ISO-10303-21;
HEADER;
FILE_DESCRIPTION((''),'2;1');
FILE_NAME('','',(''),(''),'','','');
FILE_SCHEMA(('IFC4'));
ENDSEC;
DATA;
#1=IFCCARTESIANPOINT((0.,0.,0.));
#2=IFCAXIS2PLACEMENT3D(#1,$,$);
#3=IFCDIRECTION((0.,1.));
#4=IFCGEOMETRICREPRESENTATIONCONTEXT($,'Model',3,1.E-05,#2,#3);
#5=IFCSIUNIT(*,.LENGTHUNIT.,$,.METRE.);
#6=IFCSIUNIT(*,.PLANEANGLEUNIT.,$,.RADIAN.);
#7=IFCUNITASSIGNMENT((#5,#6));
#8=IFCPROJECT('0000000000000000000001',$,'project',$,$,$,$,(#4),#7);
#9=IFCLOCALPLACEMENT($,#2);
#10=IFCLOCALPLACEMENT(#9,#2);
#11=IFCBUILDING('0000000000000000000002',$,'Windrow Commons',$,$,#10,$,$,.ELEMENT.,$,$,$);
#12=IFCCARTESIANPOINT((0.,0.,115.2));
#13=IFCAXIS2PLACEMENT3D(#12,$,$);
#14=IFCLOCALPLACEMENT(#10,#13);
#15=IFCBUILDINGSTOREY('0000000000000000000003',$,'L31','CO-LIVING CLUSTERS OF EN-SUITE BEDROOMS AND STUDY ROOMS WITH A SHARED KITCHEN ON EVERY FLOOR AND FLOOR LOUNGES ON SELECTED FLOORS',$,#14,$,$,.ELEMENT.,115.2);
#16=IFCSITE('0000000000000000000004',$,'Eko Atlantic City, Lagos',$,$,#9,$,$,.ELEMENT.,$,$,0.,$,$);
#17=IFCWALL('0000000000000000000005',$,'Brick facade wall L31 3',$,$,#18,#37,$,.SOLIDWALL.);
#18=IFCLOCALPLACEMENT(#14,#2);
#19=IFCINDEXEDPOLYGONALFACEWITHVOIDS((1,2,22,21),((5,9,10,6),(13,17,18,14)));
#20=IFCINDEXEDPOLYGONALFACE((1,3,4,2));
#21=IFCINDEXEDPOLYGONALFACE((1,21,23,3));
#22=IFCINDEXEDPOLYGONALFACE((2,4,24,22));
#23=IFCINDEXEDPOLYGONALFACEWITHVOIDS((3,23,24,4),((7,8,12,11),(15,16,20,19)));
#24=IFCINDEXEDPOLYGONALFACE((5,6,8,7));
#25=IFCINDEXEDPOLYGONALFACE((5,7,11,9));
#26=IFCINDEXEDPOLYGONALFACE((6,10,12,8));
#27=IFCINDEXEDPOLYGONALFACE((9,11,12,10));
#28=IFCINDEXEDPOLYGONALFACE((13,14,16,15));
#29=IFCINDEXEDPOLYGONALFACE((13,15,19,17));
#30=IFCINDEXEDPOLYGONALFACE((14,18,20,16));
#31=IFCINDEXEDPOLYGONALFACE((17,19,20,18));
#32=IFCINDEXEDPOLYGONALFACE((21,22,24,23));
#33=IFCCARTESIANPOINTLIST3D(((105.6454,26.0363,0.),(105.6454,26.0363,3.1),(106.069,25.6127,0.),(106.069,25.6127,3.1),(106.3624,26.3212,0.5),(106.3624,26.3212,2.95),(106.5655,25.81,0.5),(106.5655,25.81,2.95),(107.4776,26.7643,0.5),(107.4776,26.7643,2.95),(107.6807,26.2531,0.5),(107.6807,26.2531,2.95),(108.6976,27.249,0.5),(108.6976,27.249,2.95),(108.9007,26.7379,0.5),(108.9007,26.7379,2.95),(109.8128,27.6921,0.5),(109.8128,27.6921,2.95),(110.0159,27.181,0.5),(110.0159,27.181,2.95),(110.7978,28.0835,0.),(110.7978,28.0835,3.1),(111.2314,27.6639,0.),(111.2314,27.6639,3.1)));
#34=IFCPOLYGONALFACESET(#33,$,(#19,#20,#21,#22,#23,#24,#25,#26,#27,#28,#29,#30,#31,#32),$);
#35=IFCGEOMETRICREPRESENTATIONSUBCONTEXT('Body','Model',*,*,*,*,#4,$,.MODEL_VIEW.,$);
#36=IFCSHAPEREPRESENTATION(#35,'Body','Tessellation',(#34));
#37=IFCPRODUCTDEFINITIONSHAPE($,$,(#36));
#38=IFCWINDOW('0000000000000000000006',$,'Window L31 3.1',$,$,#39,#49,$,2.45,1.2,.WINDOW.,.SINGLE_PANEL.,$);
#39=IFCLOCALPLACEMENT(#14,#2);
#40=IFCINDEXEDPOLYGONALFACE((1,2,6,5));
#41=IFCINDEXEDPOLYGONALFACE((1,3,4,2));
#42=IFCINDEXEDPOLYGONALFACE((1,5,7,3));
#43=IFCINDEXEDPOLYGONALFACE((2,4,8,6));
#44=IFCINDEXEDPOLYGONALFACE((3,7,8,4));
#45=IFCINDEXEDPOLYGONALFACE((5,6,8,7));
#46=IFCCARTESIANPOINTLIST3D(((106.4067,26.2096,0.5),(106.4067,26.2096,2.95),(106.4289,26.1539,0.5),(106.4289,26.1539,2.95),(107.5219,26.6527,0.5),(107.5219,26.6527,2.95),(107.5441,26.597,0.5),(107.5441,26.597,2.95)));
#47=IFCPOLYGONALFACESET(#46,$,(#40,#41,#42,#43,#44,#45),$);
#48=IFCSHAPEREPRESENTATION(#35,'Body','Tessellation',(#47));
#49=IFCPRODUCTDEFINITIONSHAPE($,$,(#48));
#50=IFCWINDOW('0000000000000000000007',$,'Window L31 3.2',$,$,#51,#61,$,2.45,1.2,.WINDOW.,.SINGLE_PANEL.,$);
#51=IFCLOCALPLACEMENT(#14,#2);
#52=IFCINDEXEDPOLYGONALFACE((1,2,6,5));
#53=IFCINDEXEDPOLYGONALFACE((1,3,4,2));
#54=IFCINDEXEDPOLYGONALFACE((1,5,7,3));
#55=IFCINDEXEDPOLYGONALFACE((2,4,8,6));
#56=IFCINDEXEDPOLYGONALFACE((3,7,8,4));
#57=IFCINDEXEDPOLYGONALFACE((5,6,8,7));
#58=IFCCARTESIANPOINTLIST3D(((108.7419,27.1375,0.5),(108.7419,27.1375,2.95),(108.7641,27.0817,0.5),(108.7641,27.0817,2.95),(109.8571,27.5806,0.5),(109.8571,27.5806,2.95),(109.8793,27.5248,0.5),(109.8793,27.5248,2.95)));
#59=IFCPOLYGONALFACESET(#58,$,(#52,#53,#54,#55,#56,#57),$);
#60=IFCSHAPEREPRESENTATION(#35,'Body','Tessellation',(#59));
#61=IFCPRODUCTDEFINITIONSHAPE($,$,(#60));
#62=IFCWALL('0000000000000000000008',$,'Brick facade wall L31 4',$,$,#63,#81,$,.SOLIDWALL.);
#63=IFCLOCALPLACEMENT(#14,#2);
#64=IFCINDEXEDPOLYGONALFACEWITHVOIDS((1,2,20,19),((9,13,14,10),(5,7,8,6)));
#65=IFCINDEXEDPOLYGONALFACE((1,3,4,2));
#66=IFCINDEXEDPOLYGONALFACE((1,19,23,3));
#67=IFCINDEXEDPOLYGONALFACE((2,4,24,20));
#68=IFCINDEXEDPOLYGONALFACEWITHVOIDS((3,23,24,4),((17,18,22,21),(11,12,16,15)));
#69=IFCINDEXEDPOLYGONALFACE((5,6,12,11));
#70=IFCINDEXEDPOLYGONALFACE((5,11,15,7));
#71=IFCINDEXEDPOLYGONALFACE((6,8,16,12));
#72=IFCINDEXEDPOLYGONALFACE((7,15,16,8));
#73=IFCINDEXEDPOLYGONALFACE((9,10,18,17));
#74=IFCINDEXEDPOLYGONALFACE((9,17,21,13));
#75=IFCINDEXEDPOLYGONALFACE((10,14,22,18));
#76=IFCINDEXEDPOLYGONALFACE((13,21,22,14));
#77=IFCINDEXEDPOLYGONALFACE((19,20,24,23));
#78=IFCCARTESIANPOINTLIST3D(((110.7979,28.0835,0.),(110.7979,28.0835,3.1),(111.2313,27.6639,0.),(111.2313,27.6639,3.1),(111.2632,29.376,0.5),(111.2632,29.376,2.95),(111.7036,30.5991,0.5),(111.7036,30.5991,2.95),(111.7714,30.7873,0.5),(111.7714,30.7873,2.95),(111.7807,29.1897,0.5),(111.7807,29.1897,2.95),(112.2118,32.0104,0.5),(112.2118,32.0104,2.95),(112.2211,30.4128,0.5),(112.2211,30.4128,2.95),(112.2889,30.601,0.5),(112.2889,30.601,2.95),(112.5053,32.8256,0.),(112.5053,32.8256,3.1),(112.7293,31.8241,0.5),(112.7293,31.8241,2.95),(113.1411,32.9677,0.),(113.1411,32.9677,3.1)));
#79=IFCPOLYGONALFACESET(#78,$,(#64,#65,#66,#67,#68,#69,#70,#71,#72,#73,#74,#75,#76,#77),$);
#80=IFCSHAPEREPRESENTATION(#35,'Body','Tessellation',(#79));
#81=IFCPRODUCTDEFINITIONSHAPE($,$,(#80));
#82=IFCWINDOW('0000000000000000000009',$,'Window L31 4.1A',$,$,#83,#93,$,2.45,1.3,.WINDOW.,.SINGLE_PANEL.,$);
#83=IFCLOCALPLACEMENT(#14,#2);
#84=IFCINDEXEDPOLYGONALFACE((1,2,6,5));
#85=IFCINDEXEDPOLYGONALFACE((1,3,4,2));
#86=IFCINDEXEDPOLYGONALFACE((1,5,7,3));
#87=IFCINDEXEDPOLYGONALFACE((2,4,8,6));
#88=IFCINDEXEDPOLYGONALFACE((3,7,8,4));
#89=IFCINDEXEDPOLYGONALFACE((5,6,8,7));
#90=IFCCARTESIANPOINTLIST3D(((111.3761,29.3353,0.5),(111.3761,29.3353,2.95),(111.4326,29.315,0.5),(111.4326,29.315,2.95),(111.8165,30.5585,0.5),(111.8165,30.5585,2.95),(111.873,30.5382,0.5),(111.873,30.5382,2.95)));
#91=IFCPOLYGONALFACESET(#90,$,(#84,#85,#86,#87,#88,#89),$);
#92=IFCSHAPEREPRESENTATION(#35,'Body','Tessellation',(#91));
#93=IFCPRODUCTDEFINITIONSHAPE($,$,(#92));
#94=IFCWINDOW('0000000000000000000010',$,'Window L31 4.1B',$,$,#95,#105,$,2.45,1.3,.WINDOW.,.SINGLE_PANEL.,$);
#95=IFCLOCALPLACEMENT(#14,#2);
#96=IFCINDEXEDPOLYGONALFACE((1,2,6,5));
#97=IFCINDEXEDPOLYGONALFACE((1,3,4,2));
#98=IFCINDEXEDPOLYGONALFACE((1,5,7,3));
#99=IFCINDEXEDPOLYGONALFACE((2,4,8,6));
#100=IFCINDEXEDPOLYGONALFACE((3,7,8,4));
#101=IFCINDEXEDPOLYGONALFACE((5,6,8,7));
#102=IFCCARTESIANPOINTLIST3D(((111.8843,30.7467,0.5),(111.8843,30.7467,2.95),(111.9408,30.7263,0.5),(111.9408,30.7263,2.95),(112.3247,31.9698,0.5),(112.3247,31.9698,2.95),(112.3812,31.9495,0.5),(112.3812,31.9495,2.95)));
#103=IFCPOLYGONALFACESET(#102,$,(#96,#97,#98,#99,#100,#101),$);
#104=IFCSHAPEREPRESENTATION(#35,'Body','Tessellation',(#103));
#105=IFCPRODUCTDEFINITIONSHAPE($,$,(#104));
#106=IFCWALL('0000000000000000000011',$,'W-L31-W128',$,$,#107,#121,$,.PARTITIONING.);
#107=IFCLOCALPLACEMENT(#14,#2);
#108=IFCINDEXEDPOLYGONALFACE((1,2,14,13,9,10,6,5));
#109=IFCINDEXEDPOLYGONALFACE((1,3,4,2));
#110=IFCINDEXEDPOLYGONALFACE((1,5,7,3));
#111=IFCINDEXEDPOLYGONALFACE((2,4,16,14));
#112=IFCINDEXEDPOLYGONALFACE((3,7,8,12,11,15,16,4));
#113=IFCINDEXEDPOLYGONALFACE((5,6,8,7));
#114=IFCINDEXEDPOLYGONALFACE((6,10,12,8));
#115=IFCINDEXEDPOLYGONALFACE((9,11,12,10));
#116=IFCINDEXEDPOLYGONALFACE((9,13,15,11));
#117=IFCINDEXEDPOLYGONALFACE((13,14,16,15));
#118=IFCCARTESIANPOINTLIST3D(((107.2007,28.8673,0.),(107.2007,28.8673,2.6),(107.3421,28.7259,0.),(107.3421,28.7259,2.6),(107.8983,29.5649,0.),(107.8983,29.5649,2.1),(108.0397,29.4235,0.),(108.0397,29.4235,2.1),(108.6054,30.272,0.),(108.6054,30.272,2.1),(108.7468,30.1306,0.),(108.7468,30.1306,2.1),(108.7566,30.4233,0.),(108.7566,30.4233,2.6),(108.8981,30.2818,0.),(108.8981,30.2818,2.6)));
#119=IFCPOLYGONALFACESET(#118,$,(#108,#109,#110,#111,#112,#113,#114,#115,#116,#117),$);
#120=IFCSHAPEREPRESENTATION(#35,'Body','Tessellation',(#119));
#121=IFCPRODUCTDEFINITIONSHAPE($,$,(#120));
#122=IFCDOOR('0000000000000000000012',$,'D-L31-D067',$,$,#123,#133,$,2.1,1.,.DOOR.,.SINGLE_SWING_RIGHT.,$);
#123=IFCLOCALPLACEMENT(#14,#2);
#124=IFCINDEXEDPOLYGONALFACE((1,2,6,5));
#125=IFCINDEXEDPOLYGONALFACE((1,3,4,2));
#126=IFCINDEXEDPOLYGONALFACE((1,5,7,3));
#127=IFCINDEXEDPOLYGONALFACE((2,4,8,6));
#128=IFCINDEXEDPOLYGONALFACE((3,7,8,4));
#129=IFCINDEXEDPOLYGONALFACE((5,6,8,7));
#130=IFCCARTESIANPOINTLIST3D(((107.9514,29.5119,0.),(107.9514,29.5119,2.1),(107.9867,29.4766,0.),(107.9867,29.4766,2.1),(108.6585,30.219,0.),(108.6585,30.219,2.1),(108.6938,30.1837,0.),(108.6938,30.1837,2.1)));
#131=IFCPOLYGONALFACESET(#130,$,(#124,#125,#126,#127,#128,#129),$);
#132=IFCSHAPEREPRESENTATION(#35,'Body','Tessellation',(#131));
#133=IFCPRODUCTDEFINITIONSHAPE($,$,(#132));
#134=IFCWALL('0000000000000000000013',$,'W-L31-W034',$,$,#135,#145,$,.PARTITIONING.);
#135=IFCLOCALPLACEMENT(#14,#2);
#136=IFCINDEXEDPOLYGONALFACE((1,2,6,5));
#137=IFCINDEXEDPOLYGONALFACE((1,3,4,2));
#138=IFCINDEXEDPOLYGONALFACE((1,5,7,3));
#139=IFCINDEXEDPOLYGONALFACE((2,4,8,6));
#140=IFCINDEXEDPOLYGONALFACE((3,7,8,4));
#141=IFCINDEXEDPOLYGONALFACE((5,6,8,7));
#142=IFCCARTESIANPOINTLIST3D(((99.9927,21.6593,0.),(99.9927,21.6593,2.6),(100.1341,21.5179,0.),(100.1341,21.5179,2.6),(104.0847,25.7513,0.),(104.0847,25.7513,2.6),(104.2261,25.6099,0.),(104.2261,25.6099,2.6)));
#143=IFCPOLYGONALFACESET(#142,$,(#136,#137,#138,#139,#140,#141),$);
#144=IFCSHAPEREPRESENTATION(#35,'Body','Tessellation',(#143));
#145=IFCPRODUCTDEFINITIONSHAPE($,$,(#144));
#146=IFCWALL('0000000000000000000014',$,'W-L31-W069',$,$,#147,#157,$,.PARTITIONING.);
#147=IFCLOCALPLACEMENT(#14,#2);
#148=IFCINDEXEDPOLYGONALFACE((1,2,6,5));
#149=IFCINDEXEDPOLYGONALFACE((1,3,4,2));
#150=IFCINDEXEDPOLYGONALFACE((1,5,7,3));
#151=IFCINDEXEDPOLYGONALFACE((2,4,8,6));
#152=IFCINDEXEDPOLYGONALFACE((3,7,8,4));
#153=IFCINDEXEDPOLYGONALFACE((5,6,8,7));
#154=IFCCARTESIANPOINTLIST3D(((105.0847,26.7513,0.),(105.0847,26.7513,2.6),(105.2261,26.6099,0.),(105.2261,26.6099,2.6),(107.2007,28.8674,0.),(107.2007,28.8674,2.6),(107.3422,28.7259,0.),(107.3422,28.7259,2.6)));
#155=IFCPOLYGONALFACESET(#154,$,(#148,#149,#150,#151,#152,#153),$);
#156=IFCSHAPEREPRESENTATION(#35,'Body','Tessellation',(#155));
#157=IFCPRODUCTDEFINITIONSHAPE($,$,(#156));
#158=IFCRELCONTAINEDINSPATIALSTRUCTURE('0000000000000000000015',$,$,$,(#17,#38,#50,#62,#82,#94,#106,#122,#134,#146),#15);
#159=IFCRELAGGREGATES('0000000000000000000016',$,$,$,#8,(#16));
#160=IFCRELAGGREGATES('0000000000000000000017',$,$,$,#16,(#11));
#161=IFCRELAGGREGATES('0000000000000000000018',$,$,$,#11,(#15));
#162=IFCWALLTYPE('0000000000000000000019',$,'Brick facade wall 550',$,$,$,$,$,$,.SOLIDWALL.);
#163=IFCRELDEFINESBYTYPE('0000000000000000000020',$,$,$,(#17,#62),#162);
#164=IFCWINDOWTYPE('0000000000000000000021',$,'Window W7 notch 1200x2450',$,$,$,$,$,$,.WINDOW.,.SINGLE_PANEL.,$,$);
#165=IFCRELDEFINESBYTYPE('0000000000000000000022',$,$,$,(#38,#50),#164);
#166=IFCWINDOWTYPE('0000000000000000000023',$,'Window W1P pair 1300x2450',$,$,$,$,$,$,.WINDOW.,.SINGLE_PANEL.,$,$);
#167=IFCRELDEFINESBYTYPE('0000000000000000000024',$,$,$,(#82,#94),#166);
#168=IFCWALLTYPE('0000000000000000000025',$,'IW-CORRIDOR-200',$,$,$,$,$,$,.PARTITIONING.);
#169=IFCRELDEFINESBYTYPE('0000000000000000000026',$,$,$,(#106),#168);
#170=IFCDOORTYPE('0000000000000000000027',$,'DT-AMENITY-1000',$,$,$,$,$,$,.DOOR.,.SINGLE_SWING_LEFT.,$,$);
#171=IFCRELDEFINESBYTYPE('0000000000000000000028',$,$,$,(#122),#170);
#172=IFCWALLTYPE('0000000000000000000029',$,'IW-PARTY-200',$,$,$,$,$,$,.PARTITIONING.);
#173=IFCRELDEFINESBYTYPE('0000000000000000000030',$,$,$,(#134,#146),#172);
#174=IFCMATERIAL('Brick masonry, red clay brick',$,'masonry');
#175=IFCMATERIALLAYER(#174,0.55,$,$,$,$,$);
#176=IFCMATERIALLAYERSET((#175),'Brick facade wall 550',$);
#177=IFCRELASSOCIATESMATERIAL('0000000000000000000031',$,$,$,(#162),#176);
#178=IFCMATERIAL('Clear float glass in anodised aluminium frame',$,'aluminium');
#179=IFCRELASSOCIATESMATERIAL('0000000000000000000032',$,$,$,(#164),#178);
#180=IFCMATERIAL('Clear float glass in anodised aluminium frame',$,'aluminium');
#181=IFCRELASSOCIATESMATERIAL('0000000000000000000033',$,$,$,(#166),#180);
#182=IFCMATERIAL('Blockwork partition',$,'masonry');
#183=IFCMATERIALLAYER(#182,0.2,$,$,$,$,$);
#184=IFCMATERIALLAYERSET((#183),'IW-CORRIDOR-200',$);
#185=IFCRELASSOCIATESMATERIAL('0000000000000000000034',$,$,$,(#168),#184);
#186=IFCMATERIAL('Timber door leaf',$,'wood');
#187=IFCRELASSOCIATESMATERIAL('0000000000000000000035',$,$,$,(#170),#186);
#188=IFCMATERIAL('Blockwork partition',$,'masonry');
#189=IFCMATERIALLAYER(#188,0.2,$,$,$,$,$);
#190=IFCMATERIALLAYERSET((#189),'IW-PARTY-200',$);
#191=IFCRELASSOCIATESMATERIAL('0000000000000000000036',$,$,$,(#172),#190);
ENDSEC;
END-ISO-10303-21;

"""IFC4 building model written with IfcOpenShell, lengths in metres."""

from ifc_helpers import new_model, si_unit, direction, frame, frame_2d, origin, place, context, subcontext, project, spatial, polyline, rectangle, outline, extrude, material, layer, layer_set, type_object, element, fill, save


model = new_model("IFC4")

# Units and contexts
model_context = context("Model", 3, precision=1e-05, world=origin(), true_north=direction((0.0, 1.0)))
body_context = subcontext(model_context, "Body", "Model", "MODEL_VIEW")
ifc_project = project(units=[si_unit("LENGTHUNIT", "METRE"), si_unit("PLANEANGLEUNIT", "RADIAN")], contexts=[model_context])

# Site, building, storey
site_placement = place(None, origin())
site = spatial("IfcSite", under=ifc_project, at=site_placement, Name="Eko Atlantic City, Lagos", CompositionType="ELEMENT", RefElevation=0.0)
building_placement = place(site_placement, origin())
building = spatial("IfcBuilding", under=site, at=building_placement, Name="Windrow Commons", CompositionType="ELEMENT")
storey_placement = place(building_placement, frame((0.0, 0.0, 115.2)))
storey = spatial("IfcBuildingStorey", under=building, at=storey_placement, Name="L31", Description="CO-LIVING CLUSTERS OF EN-SUITE BEDROOMS AND STUDY ROOMS WITH A SHARED KITCHEN ON EVERY FLOOR AND FLOOR LOUNGES ON SELECTED FLOORS", CompositionType="ELEMENT", Elevation=115.2)

# Walls, openings, windows
ifc_material_1 = material(Name="Brick masonry, red clay brick", Category="masonry")
ifc_layer_1 = layer(ifc_material_1, 0.55)
ifc_layer_set_1 = layer_set([ifc_layer_1], Name="Brick facade wall 550")
wall_type_1 = type_object("IfcWallType", Name="Brick facade wall 550", PredefinedType="SOLIDWALL", material=ifc_layer_set_1)
ifc_material_2 = material(Name="Clear float glass in anodised aluminium frame", Category="aluminium")
window_type_1 = type_object("IfcWindowType", Name="Window W7 notch 1200x2450", PartitioningType="SINGLE_PANEL", PredefinedType="WINDOW", material=ifc_material_2)
ifc_material_3 = material(Name="Clear float glass in anodised aluminium frame", Category="aluminium")
window_type_2 = type_object("IfcWindowType", Name="Window W1P pair 1300x2450", PartitioningType="SINGLE_PANEL", PredefinedType="WINDOW", material=ifc_material_3)
wall_1_placement = place(storey_placement, frame((105.8572, 25.8245, 0.0), z_axis=(0.0, 0.0, 1.0), x_axis=(0.929329, 0.369252, 0.0)))
wall_1 = element("IfcWall", 1, at=wall_1_placement, inside=storey, type_object=wall_type_1, Name="Brick facade wall L31 3", PredefinedType="SOLIDWALL", context=body_context, shape_type="SweptSolid", body=[
    extrude(outline(polyline([(0.1186, -0.275), (5.6736, -0.275), (5.4256, 0.275), (-0.1186, 0.275), (0.1186, -0.275)])), origin(), (0.0, 0.0, 1.0), 3.1),
])
opening_1_placement = place(wall_1_placement, frame((0.6529, 0.0, 0.5)))
opening_1 = element("IfcOpeningElement", 2, at=opening_1_placement, cuts=wall_1, PredefinedType="OPENING", context=body_context, shape_type="SweptSolid", body=[
    extrude(rectangle(XDim=1.2, YDim=2.45, at=frame_2d((0.6, 1.225))), frame((0.0, 0.285, 0.0), z_axis=(0.0, -1.0, 0.0), x_axis=(1.0, 0.0, 0.0)), (0.0, 0.0, 1.0), 0.57),
])
opening_2_placement = place(wall_1_placement, frame((3.1657, 0.0, 0.5)))
opening_2 = element("IfcOpeningElement", 3, at=opening_2_placement, cuts=wall_1, PredefinedType="OPENING", context=body_context, shape_type="SweptSolid", body=[
    extrude(rectangle(XDim=1.2, YDim=2.45, at=frame_2d((0.6, 1.225))), frame((0.0, 0.285, 0.0), z_axis=(0.0, -1.0, 0.0), x_axis=(1.0, 0.0, 0.0)), (0.0, 0.0, 1.0), 0.57),
])
window_1_placement = place(opening_1_placement, origin())
window_1 = element("IfcWindow", 4, at=window_1_placement, inside=storey, type_object=window_type_1, Name="Window L31 3.1", OverallHeight=2.45, OverallWidth=1.2, PartitioningType="SINGLE_PANEL", PredefinedType="WINDOW", context=body_context, shape_type="SweptSolid", body=[
    extrude(rectangle(XDim=1.2, YDim=2.45, at=frame_2d((0.6, 1.225))), frame((0.0, 0.155, 0.0), z_axis=(0.0, -1.0, 0.0), x_axis=(1.0, 0.0, 0.0)), (0.0, 0.0, 1.0), 0.06),
])
fill(opening_1, window_1)
window_2_placement = place(opening_2_placement, origin())
window_2 = element("IfcWindow", 5, at=window_2_placement, inside=storey, type_object=window_type_1, Name="Window L31 3.2", OverallHeight=2.45, OverallWidth=1.2, PartitioningType="SINGLE_PANEL", PredefinedType="WINDOW", context=body_context, shape_type="SweptSolid", body=[
    extrude(rectangle(XDim=1.2, YDim=2.45, at=frame_2d((0.6, 1.225))), frame((0.0, 0.155, 0.0), z_axis=(0.0, -1.0, 0.0), x_axis=(1.0, 0.0, 0.0)), (0.0, 0.0, 1.0), 0.06),
])
fill(opening_2, window_2)
wall_2_placement = place(storey_placement, frame((111.0146, 27.8737, 0.0), z_axis=(0.0, 0.0, 1.0), x_axis=(0.338773, 0.940868, 0.0)))
wall_2 = element("IfcWall", 6, at=wall_2_placement, inside=storey, type_object=wall_type_1, Name="Brick facade wall L31 4", PredefinedType="SOLIDWALL", context=body_context, shape_type="SweptSolid", body=[
    extrude(outline(polyline([(-0.124, -0.275), (5.5132, -0.275), (5.1641, 0.275), (0.124, 0.275), (-0.124, -0.275)])), origin(), (0.0, 0.0, 1.0), 3.1),
])
opening_3_placement = place(wall_2_placement, frame((1.4977, 0.0, 0.5)))
opening_3 = element("IfcOpeningElement", 7, at=opening_3_placement, cuts=wall_2, PredefinedType="OPENING", context=body_context, shape_type="SweptSolid", body=[
    extrude(rectangle(XDim=1.3, YDim=2.45, at=frame_2d((0.65, 1.225))), frame((0.0, 0.285, 0.0), z_axis=(0.0, -1.0, 0.0), x_axis=(1.0, 0.0, 0.0)), (0.0, 0.0, 1.0), 0.57),
])
opening_4_placement = place(wall_2_placement, frame((2.9977, 0.0, 0.5)))
opening_4 = element("IfcOpeningElement", 8, at=opening_4_placement, cuts=wall_2, PredefinedType="OPENING", context=body_context, shape_type="SweptSolid", body=[
    extrude(rectangle(XDim=1.3, YDim=2.45, at=frame_2d((0.65, 1.225))), frame((0.0, 0.285, 0.0), z_axis=(0.0, -1.0, 0.0), x_axis=(1.0, 0.0, 0.0)), (0.0, 0.0, 1.0), 0.57),
])
window_3_placement = place(opening_3_placement, origin())
window_3 = element("IfcWindow", 9, at=window_3_placement, inside=storey, type_object=window_type_2, Name="Window L31 4.1A", OverallHeight=2.45, OverallWidth=1.3, PartitioningType="SINGLE_PANEL", PredefinedType="WINDOW", context=body_context, shape_type="SweptSolid", body=[
    extrude(rectangle(XDim=1.3, YDim=2.45, at=frame_2d((0.65, 1.225))), frame((0.0, 0.155, 0.0), z_axis=(0.0, -1.0, 0.0), x_axis=(1.0, 0.0, 0.0)), (0.0, 0.0, 1.0), 0.06),
])
fill(opening_3, window_3)
window_4_placement = place(opening_4_placement, origin())
window_4 = element("IfcWindow", 10, at=window_4_placement, inside=storey, type_object=window_type_2, Name="Window L31 4.1B", OverallHeight=2.45, OverallWidth=1.3, PartitioningType="SINGLE_PANEL", PredefinedType="WINDOW", context=body_context, shape_type="SweptSolid", body=[
    extrude(rectangle(XDim=1.3, YDim=2.45, at=frame_2d((0.65, 1.225))), frame((0.0, 0.155, 0.0), z_axis=(0.0, -1.0, 0.0), x_axis=(1.0, 0.0, 0.0)), (0.0, 0.0, 1.0), 0.06),
])
fill(opening_4, window_4)

# Wall, opening, door
ifc_material_4 = material(Name="Blockwork partition", Category="masonry")
ifc_layer_2 = layer(ifc_material_4, 0.2)
ifc_layer_set_2 = layer_set([ifc_layer_2], Name="IW-CORRIDOR-200")
wall_type_2 = type_object("IfcWallType", Name="IW-CORRIDOR-200", PredefinedType="PARTITIONING", material=ifc_layer_set_2)
wall_3_placement = place(storey_placement, frame((107.2714, 28.7966, 0.0), z_axis=(0.0, 0.0, 1.0), x_axis=(0.707107, 0.707107, 0.0)))
wall_3 = element("IfcWall", 11, at=wall_3_placement, inside=storey, type_object=wall_type_2, Name="W-L31-W128", PredefinedType="PARTITIONING", context=body_context, shape_type="SweptSolid", body=[
    extrude(rectangle(XDim=2.2005, YDim=0.2, at=frame_2d((1.1002, 0.0))), origin(), (0.0, 0.0, 1.0), 2.6),
])
opening_5_placement = place(wall_3_placement, frame((0.9866, 0.0, 0.0)))
opening_5 = element("IfcOpeningElement", 12, at=opening_5_placement, cuts=wall_3, PredefinedType="OPENING", context=body_context, shape_type="SweptSolid", body=[
    extrude(rectangle(XDim=1.0, YDim=2.1, at=frame_2d((0.5, 1.05))), frame((0.0, 0.11, 0.0), z_axis=(0.0, -1.0, 0.0), x_axis=(1.0, 0.0, 0.0)), (0.0, 0.0, 1.0), 0.22),
])
ifc_material_5 = material(Name="Timber door leaf", Category="wood")
door_type = type_object("IfcDoorType", Name="DT-AMENITY-1000", OperationType="SINGLE_SWING_LEFT", PredefinedType="DOOR", material=ifc_material_5)
door_placement = place(opening_5_placement, origin())
door = element("IfcDoor", 13, at=door_placement, inside=storey, type_object=door_type, Name="D-L31-D067", OperationType="SINGLE_SWING_RIGHT", OverallHeight=2.1, OverallWidth=1.0, PredefinedType="DOOR", context=body_context, shape_type="SweptSolid", body=[
    extrude(rectangle(XDim=1.0, YDim=2.1, at=frame_2d((0.5, 1.05))), frame((0.0, 0.025, 0.0), z_axis=(0.0, -1.0, 0.0), x_axis=(1.0, 0.0, 0.0)), (0.0, 0.0, 1.0), 0.05),
])
fill(opening_5, door)

# Walls
ifc_material_6 = material(Name="Blockwork partition", Category="masonry")
ifc_layer_3 = layer(ifc_material_6, 0.2)
ifc_layer_set_3 = layer_set([ifc_layer_3], Name="IW-PARTY-200")
wall_type_3 = type_object("IfcWallType", Name="IW-PARTY-200", PredefinedType="PARTITIONING", material=ifc_layer_set_3)
wall_4_placement = place(storey_placement, frame((100.0634, 21.5886, 0.0), z_axis=(0.0, 0.0, 1.0), x_axis=(0.707107, 0.707107, 0.0)))
element("IfcWall", 14, at=wall_4_placement, inside=storey, type_object=wall_type_3, Name="W-L31-W034", PredefinedType="PARTITIONING", context=body_context, shape_type="SweptSolid", body=[
    extrude(rectangle(XDim=5.787, YDim=0.2, at=frame_2d((2.8935, 0.0))), origin(), (0.0, 0.0, 1.0), 2.6),
])
wall_5_placement = place(storey_placement, frame((105.1554, 26.6806, 0.0), z_axis=(0.0, 0.0, 1.0), x_axis=(0.707107, 0.707107, 0.0)))
element("IfcWall", 15, at=wall_5_placement, inside=storey, type_object=wall_type_3, Name="W-L31-W069", PredefinedType="PARTITIONING", context=body_context, shape_type="SweptSolid", body=[
    extrude(rectangle(XDim=2.9925, YDim=0.2, at=frame_2d((1.4963, 0.0))), origin(), (0.0, 0.0, 1.0), 2.6),
])

save(model, "model.ifc")
